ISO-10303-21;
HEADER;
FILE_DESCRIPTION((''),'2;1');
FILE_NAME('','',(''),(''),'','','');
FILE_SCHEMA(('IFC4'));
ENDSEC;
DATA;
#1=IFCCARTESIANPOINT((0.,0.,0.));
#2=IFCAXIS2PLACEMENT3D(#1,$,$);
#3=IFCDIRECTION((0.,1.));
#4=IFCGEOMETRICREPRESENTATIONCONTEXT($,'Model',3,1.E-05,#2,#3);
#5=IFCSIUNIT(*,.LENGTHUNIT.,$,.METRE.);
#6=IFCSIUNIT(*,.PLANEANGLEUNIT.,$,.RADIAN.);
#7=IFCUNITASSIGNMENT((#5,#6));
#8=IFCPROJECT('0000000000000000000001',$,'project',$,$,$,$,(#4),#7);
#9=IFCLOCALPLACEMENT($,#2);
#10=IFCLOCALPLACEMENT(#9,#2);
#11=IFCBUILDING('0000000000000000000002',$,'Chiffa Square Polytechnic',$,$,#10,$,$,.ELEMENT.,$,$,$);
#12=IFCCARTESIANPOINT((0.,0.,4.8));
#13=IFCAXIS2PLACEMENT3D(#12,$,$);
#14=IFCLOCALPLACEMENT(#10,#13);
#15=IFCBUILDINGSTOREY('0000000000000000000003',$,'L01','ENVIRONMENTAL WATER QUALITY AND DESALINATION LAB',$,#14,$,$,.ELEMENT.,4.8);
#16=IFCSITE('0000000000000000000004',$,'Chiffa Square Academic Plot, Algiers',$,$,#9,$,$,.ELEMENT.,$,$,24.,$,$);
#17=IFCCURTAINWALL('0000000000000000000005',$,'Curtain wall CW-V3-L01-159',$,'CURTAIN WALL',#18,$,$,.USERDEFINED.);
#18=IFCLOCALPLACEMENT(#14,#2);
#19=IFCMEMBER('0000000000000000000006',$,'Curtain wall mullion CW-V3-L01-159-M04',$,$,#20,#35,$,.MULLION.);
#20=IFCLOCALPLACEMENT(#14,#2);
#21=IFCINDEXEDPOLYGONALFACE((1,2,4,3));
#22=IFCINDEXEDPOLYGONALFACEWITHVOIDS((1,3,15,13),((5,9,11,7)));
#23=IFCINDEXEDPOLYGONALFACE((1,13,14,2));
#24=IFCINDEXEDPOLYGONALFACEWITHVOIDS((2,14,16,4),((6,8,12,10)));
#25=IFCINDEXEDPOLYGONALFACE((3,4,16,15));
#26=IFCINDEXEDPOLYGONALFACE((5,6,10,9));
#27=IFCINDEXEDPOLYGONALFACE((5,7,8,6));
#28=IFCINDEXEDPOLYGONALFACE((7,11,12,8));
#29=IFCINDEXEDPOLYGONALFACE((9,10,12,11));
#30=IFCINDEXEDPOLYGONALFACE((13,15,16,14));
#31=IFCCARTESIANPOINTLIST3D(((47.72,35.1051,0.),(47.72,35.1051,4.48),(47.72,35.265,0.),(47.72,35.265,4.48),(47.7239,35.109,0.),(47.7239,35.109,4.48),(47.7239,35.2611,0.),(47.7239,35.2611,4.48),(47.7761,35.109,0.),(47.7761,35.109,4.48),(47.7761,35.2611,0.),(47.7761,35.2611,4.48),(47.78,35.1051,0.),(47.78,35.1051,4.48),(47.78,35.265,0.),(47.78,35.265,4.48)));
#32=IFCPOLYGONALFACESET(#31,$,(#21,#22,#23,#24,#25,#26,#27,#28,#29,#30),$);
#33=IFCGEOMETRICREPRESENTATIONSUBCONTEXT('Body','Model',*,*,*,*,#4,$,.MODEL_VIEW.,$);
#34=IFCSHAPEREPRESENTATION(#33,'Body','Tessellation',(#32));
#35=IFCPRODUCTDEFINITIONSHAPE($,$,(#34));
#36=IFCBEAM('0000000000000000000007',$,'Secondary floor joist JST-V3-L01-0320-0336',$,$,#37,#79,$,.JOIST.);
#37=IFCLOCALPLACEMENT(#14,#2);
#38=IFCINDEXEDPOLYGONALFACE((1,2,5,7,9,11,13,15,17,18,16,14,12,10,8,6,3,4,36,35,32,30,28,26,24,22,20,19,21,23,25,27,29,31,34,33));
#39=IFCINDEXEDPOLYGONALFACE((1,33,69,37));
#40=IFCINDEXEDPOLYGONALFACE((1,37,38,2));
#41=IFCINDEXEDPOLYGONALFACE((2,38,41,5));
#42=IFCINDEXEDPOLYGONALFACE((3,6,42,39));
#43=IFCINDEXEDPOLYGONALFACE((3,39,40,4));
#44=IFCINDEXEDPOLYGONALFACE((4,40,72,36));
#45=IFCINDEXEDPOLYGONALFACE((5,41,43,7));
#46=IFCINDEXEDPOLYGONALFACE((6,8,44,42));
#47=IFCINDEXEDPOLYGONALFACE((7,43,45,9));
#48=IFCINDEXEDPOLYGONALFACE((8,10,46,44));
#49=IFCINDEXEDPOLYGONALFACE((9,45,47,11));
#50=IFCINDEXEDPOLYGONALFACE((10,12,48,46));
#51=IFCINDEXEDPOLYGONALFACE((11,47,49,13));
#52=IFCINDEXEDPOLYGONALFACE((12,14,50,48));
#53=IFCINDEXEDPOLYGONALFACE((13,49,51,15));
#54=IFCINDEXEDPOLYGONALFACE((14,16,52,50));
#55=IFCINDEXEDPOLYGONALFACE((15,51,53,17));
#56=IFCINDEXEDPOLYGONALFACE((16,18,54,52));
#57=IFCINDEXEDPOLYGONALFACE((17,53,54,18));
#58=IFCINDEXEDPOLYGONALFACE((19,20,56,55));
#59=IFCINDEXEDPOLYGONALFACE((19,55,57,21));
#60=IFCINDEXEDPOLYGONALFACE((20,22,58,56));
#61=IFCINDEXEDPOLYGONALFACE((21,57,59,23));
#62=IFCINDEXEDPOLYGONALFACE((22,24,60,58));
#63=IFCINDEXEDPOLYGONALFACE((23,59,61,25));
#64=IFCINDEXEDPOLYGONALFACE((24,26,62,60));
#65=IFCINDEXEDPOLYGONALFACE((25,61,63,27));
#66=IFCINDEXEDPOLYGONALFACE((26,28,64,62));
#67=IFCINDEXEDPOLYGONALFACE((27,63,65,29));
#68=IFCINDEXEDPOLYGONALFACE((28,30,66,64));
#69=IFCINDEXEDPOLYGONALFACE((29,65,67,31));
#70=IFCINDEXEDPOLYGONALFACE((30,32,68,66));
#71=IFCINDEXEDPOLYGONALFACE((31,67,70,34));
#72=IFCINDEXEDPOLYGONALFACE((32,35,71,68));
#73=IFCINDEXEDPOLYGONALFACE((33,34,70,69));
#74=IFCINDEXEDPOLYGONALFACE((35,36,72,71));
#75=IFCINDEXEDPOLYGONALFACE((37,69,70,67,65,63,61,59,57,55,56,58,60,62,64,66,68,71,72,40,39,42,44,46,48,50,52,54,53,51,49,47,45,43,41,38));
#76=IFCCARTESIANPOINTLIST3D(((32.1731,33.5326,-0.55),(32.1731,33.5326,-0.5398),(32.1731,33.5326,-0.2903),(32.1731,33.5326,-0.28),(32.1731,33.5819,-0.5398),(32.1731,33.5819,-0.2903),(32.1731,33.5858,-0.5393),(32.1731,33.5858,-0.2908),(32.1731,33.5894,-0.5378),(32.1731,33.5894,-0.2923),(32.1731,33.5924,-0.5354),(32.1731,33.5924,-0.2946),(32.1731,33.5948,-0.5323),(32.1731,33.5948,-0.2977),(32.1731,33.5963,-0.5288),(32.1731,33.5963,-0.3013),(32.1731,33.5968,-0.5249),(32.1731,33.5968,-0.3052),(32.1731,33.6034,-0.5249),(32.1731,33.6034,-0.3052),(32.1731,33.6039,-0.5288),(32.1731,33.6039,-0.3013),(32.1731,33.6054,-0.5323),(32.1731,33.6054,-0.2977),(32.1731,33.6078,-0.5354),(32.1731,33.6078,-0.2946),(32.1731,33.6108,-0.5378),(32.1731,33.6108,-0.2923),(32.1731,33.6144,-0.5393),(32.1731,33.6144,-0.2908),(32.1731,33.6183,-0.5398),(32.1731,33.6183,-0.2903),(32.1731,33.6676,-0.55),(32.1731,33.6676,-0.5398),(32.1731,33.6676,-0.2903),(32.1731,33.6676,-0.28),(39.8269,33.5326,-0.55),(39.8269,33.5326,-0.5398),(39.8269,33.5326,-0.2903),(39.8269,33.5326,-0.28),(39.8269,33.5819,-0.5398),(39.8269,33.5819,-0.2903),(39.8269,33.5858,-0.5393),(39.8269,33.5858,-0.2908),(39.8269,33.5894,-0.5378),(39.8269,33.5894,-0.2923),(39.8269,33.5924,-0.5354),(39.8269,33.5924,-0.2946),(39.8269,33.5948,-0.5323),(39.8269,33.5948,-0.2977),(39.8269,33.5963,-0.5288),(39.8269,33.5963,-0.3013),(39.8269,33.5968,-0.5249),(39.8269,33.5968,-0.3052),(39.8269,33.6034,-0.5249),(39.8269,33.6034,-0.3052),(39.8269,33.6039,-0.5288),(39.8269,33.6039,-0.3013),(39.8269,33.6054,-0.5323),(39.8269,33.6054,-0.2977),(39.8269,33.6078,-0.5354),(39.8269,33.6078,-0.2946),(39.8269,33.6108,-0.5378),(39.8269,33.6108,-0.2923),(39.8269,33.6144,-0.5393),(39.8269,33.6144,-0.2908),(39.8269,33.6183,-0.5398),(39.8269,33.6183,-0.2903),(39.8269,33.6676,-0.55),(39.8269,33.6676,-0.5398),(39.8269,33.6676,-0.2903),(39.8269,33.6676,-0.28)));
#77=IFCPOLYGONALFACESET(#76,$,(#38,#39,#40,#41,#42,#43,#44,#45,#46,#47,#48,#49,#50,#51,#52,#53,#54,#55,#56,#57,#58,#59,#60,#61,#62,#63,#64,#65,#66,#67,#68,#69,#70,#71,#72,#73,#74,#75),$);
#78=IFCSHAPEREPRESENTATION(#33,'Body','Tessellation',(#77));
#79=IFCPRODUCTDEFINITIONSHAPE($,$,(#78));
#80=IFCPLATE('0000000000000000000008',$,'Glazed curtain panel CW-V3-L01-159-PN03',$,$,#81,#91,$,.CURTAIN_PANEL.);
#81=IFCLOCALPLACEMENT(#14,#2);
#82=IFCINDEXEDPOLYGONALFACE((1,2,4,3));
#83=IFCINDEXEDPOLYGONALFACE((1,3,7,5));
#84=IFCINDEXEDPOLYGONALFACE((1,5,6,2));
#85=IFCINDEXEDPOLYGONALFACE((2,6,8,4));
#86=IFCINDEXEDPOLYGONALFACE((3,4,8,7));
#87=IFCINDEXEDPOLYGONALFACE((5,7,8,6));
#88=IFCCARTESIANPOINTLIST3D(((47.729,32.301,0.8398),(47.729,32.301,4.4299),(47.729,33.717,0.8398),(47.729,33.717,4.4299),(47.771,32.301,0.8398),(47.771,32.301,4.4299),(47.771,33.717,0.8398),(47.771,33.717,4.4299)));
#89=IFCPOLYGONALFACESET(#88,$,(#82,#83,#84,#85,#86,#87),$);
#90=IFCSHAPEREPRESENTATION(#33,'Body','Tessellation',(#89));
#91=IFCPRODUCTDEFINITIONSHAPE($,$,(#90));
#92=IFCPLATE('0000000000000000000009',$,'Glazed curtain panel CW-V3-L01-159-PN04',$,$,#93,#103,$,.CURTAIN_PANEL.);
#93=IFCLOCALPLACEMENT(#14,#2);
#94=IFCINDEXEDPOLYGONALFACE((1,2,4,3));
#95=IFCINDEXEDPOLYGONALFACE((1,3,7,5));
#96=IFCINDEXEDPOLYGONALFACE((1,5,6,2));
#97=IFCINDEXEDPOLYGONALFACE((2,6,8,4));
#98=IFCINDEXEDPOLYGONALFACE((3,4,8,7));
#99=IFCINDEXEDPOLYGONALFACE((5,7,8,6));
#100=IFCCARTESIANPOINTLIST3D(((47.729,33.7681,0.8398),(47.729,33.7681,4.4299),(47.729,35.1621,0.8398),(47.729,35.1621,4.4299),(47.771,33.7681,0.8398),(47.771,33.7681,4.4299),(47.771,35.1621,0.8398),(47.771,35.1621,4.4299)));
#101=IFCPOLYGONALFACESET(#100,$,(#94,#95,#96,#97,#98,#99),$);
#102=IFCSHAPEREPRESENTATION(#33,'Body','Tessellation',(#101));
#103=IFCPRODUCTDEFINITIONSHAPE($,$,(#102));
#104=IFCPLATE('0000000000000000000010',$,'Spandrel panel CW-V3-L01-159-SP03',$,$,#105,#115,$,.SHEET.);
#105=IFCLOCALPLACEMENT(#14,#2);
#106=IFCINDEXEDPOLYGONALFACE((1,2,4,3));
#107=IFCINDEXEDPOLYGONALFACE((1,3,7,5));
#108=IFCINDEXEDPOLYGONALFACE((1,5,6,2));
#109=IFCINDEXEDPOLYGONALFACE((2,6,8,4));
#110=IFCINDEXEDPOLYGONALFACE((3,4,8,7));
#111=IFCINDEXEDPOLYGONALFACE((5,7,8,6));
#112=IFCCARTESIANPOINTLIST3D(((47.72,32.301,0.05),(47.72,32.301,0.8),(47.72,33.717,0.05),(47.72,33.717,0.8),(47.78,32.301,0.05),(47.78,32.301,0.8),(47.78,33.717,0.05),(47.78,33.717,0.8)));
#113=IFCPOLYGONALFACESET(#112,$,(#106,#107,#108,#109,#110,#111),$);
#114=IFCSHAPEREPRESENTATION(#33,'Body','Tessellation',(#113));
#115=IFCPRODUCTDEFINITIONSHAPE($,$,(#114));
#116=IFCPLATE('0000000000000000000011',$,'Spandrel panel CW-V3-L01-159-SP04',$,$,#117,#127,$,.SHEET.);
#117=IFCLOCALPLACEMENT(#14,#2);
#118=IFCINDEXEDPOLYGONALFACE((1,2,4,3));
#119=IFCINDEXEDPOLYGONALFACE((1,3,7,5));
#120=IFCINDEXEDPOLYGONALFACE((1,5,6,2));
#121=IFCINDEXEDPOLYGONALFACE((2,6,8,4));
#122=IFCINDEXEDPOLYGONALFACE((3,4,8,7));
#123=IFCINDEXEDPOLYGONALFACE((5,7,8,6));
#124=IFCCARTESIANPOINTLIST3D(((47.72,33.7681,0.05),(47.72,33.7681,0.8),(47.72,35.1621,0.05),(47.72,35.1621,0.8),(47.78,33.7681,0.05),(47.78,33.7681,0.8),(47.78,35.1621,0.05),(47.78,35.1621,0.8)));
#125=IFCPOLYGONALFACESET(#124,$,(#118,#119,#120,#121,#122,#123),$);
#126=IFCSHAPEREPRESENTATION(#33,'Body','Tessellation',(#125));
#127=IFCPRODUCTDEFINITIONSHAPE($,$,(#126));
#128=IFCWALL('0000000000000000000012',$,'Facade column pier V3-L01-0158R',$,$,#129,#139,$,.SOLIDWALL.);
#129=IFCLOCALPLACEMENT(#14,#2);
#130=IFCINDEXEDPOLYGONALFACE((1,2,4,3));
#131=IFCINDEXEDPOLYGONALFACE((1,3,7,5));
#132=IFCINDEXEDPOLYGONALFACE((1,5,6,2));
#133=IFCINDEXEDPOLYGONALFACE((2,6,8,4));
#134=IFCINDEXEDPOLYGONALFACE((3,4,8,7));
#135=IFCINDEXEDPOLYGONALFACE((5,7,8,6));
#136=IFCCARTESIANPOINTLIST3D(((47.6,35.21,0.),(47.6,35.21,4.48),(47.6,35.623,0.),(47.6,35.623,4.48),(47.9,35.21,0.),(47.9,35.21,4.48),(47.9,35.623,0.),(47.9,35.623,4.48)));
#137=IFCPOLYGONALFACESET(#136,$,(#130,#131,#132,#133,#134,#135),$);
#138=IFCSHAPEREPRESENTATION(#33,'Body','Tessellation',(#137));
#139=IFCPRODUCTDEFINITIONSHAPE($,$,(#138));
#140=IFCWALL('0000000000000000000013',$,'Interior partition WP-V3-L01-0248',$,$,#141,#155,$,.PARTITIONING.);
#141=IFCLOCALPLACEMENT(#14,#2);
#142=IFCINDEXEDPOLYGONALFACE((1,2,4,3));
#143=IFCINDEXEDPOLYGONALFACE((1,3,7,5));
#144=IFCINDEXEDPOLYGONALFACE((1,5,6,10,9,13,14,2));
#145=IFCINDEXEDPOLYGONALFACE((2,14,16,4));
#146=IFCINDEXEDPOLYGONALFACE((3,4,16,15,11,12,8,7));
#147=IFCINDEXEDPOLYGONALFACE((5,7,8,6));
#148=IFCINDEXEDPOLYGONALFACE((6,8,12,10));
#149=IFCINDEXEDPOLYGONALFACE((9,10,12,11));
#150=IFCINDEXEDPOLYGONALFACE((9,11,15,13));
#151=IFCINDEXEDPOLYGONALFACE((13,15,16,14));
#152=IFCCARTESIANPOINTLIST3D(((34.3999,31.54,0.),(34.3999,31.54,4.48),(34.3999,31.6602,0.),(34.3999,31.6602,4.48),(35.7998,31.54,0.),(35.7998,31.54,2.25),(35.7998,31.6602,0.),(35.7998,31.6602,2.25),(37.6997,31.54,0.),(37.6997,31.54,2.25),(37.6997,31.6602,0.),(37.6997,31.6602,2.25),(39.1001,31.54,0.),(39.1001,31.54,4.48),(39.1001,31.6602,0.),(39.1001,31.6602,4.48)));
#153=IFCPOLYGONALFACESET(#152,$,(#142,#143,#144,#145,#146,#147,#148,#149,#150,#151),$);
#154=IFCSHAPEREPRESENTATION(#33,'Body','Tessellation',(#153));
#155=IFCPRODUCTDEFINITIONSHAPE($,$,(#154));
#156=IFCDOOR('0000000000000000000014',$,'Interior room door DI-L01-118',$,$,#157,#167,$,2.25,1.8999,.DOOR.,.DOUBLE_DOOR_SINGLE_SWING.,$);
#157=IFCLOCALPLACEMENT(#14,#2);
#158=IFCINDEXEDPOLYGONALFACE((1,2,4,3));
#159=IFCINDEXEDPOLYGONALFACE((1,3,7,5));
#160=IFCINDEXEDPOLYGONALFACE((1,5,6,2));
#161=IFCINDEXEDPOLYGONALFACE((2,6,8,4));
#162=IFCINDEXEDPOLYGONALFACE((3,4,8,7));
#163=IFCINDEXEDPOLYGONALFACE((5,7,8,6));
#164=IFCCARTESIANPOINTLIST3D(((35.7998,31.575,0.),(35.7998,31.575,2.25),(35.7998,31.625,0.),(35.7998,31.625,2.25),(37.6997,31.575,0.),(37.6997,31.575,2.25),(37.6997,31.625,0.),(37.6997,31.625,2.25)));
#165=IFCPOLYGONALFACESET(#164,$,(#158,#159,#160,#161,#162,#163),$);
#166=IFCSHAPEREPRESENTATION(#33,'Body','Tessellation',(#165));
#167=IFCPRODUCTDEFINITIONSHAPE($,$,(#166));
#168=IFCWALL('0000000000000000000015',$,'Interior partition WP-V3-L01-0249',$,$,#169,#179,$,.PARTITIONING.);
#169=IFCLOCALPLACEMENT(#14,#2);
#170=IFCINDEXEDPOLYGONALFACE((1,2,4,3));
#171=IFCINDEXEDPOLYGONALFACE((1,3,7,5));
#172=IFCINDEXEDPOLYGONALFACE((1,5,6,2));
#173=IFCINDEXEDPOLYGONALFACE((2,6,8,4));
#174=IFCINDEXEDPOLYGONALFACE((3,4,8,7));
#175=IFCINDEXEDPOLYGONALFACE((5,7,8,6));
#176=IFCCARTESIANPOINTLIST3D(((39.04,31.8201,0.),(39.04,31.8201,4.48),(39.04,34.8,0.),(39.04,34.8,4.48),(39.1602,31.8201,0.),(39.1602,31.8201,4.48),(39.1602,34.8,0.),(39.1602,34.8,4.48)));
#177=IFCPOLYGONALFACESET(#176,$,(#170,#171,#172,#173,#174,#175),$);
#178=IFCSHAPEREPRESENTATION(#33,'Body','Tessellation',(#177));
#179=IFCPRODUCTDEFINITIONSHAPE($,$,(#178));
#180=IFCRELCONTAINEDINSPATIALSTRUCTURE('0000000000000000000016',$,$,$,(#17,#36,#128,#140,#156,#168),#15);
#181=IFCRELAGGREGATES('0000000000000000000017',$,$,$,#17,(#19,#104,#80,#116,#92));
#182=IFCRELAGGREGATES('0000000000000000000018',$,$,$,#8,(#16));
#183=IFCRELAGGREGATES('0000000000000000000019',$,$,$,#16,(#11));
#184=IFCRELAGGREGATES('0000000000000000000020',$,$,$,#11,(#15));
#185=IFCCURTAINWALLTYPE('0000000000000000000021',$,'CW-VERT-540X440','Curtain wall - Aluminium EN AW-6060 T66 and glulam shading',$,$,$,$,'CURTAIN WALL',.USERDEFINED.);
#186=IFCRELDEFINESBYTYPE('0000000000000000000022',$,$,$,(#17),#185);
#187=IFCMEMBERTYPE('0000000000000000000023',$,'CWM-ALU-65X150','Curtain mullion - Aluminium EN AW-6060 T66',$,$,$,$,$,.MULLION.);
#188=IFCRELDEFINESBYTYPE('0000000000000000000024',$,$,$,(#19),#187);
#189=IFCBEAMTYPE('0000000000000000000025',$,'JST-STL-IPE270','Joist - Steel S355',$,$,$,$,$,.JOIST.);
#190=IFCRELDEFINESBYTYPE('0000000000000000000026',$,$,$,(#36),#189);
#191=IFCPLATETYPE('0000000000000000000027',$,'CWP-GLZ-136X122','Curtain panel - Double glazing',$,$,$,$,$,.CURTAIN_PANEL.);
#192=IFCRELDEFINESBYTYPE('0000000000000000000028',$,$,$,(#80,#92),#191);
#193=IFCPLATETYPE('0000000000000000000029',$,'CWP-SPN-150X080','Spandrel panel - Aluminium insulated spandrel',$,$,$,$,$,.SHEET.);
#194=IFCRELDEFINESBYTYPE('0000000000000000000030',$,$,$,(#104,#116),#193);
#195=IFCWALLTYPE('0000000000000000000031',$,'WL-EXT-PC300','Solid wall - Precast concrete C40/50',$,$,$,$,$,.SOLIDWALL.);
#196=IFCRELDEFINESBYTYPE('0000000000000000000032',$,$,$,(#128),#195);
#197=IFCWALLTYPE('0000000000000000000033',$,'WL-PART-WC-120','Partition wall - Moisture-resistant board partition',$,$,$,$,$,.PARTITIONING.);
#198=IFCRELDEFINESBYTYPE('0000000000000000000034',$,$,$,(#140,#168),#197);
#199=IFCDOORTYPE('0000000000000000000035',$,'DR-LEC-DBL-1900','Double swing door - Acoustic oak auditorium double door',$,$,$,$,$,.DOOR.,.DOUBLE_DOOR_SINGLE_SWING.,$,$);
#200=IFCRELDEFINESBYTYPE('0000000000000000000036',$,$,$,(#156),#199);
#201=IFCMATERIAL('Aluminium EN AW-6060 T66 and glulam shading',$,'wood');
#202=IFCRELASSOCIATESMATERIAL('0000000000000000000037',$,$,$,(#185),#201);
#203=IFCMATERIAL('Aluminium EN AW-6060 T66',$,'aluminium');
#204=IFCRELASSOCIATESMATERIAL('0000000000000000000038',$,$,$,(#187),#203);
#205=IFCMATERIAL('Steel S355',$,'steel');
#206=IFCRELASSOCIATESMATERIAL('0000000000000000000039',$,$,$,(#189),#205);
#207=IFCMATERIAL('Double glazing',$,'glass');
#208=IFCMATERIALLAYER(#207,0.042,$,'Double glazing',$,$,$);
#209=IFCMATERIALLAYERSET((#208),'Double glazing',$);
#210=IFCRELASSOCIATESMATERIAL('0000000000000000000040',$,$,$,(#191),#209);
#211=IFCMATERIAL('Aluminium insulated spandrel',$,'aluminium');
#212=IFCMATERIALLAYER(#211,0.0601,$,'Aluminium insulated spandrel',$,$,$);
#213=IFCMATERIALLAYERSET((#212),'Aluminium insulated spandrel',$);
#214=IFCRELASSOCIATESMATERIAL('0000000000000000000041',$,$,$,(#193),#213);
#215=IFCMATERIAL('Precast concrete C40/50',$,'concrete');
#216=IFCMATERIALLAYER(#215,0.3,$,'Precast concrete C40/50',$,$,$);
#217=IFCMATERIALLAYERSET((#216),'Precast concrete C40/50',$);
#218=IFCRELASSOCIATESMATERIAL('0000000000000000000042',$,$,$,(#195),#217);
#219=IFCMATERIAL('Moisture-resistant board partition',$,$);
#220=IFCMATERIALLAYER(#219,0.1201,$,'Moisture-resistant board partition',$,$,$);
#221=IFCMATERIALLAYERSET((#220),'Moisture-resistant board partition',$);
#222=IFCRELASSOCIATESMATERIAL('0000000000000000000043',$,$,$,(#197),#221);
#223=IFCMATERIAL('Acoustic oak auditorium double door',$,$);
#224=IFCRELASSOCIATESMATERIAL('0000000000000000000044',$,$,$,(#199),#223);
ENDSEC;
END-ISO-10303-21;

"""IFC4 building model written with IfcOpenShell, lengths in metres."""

from ifc_helpers import new_model, si_unit, direction, frame, frame_2d, origin, origin_2d, place, context, subcontext, project, spatial, rectangle, hollow_rectangle, i_section, extrude, material, layer, layer_set, material_profile, profile_set, type_object, element, fill, aggregate, save


model = new_model("IFC4")

# Units and contexts
model_context = context("Model", 3, precision=1e-05, world=origin(), true_north=direction((0.0, 1.0)))
body_context = subcontext(model_context, "Body", "Model", "MODEL_VIEW")
ifc_project = project(units=[si_unit("LENGTHUNIT", "METRE"), si_unit("PLANEANGLEUNIT", "RADIAN")], contexts=[model_context])

# Site, building, storey
site_placement = place(None, origin())
site = spatial("IfcSite", under=ifc_project, at=site_placement, Name="Chiffa Square Academic Plot, Algiers", CompositionType="ELEMENT", RefElevation=24.0)
building_placement = place(site_placement, origin())
building = spatial("IfcBuilding", under=site, at=building_placement, Name="Chiffa Square Polytechnic", CompositionType="ELEMENT")
storey_placement = place(building_placement, frame((0.0, 0.0, 4.8)))
storey = spatial("IfcBuildingStorey", under=building, at=storey_placement, Name="L01", Description="ENVIRONMENTAL WATER QUALITY AND DESALINATION LAB", CompositionType="ELEMENT", Elevation=4.8)

# Curtain wall, member
ifc_material_1 = material(Name="Aluminium EN AW-6060 T66 and glulam shading", Category="wood")
curtain_wall_type = type_object("IfcCurtainWallType", Name="CW-VERT-540X440", Description="Curtain wall - Aluminium EN AW-6060 T66 and glulam shading", ElementType="CURTAIN WALL", PredefinedType="USERDEFINED", material=ifc_material_1)
curtain_wall_placement = place(storey_placement, origin())
curtain_wall = element("IfcCurtainWall", 1, at=curtain_wall_placement, inside=storey, type_object=curtain_wall_type, Name="Curtain wall CW-V3-L01-159", ObjectType="CURTAIN WALL", PredefinedType="USERDEFINED")
ifc_material_2 = material(Name="Aluminium EN AW-6060 T66", Category="aluminium")
ifc_material_profile_1 = material_profile(ifc_material_2, hollow_rectangle(XDim=0.0601, YDim=0.1599, WallThickness=0.0039, at=origin_2d()), Name="ALU 60x160x4")
ifc_profile_set_1 = profile_set([ifc_material_profile_1], Name="Aluminium EN AW-6060 T66")
member_type = type_object("IfcMemberType", Name="CWM-ALU-65X150", Description="Curtain mullion - Aluminium EN AW-6060 T66", PredefinedType="MULLION", material=ifc_profile_set_1)
member_1_placement = place(storey_placement, frame((47.75, 35.1851, 0.0), z_axis=(0.0, 0.0, 1.0), x_axis=(1.0, 0.0, 0.0)))
member_1 = element("IfcMember", 2, at=member_1_placement, type_object=member_type, Name="Curtain wall mullion CW-V3-L01-159-M04", PredefinedType="MULLION", context=body_context, shape_type="SweptSolid", body=[
    extrude(hollow_rectangle(XDim=0.0601, YDim=0.1599, WallThickness=0.0039, at=origin_2d()), origin(), (0.0, 0.0, 1.0), 4.48),
])

# Beam
ifc_material_3 = material(Name="Steel S355", Category="steel")
ifc_material_profile_2 = material_profile(ifc_material_3, i_section(OverallWidth=0.135, OverallDepth=0.27, WebThickness=0.0066, FlangeThickness=0.0103, FilletRadius=0.0149, at=origin_2d()), Name="IPE 270")
ifc_profile_set_2 = profile_set([ifc_material_profile_2], Name="Steel S355")
beam_type_1 = type_object("IfcBeamType", Name="JST-STL-IPE270", Description="Joist - Steel S355", PredefinedType="JOIST", material=ifc_profile_set_2)
beam_placement = place(storey_placement, frame((32.1731, 33.6001, -0.415), z_axis=(1.0, 0.0, 0.0), x_axis=(0.0, 1.0, 0.0)))
element("IfcBeam", 3, at=beam_placement, inside=storey, type_object=beam_type_1, Name="Secondary floor joist JST-V3-L01-0320-0336", PredefinedType="JOIST", context=body_context, shape_type="SweptSolid", body=[
    extrude(i_section(OverallWidth=0.135, OverallDepth=0.27, WebThickness=0.0066, FlangeThickness=0.0103, FilletRadius=0.0149, at=origin_2d()), origin(), (0.0, 0.0, 1.0), 7.6538),
])

# Plates
ifc_material_4 = material(Name="Double glazing", Category="glass")
ifc_layer_1 = layer(ifc_material_4, 0.042, Name="Double glazing")
ifc_layer_set_1 = layer_set([ifc_layer_1], Name="Double glazing")
plate_type_1 = type_object("IfcPlateType", Name="CWP-GLZ-136X122", Description="Curtain panel - Double glazing", PredefinedType="CURTAIN_PANEL", material=ifc_layer_set_1)
plate_1_placement = place(storey_placement, frame((47.75, 33.009, 0.8398), z_axis=(0.0, 0.0, 1.0), x_axis=(0.0, 1.0, 0.0)))
plate_1 = element("IfcPlate", 4, at=plate_1_placement, type_object=plate_type_1, Name="Glazed curtain panel CW-V3-L01-159-PN03", PredefinedType="CURTAIN_PANEL", context=body_context, shape_type="SweptSolid", body=[
    extrude(rectangle(XDim=1.416, YDim=0.042, at=origin_2d()), origin(), (0.0, 0.0, 1.0), 3.5901),
])
plate_2_placement = place(storey_placement, frame((47.75, 34.4651, 0.8398), z_axis=(0.0, 0.0, 1.0), x_axis=(0.0, 1.0, 0.0)))
plate_2 = element("IfcPlate", 5, at=plate_2_placement, type_object=plate_type_1, Name="Glazed curtain panel CW-V3-L01-159-PN04", PredefinedType="CURTAIN_PANEL", context=body_context, shape_type="SweptSolid", body=[
    extrude(rectangle(XDim=1.394, YDim=0.042, at=origin_2d()), origin(), (0.0, 0.0, 1.0), 3.5901),
])
ifc_material_5 = material(Name="Aluminium insulated spandrel", Category="aluminium")
ifc_layer_2 = layer(ifc_material_5, 0.0601, Name="Aluminium insulated spandrel")
ifc_layer_set_2 = layer_set([ifc_layer_2], Name="Aluminium insulated spandrel")
plate_type_2 = type_object("IfcPlateType", Name="CWP-SPN-150X080", Description="Spandrel panel - Aluminium insulated spandrel", PredefinedType="SHEET", material=ifc_layer_set_2)
plate_3_placement = place(storey_placement, frame((47.75, 33.009, 0.05), z_axis=(0.0, 0.0, 1.0), x_axis=(0.0, 1.0, 0.0)))
plate_3 = element("IfcPlate", 6, at=plate_3_placement, type_object=plate_type_2, Name="Spandrel panel CW-V3-L01-159-SP03", PredefinedType="SHEET", context=body_context, shape_type="SweptSolid", body=[
    extrude(rectangle(XDim=1.416, YDim=0.0601, at=origin_2d()), origin(), (0.0, 0.0, 1.0), 0.75),
])
plate_4_placement = place(storey_placement, frame((47.75, 34.4651, 0.05), z_axis=(0.0, 0.0, 1.0), x_axis=(0.0, 1.0, 0.0)))
plate_4 = element("IfcPlate", 7, at=plate_4_placement, type_object=plate_type_2, Name="Spandrel panel CW-V3-L01-159-SP04", PredefinedType="SHEET", context=body_context, shape_type="SweptSolid", body=[
    extrude(rectangle(XDim=1.394, YDim=0.0601, at=origin_2d()), origin(), (0.0, 0.0, 1.0), 0.75),
])
aggregate(curtain_wall, [member_1, plate_3, plate_1, plate_4, plate_2])

# Wall
ifc_material_6 = material(Name="Precast concrete C40/50", Category="concrete")
ifc_layer_3 = layer(ifc_material_6, 0.3, Name="Precast concrete C40/50")
ifc_layer_set_3 = layer_set([ifc_layer_3], Name="Precast concrete C40/50")
wall_type_1 = type_object("IfcWallType", Name="WL-EXT-PC300", Description="Solid wall - Precast concrete C40/50", PredefinedType="SOLIDWALL", material=ifc_layer_set_3)
wall_1_placement = place(storey_placement, frame((47.75, 35.21, 0.0), z_axis=(0.0, 0.0, 1.0), x_axis=(0.0, 1.0, 0.0)))
element("IfcWall", 8, at=wall_1_placement, inside=storey, type_object=wall_type_1, Name="Facade column pier V3-L01-0158R", PredefinedType="SOLIDWALL", context=body_context, shape_type="SweptSolid", body=[
    extrude(rectangle(XDim=0.4131, YDim=0.3, at=frame_2d((0.2065, 0.0))), origin(), (0.0, 0.0, 1.0), 4.48),
])

# Wall, opening, door
ifc_material_7 = material(Name="Moisture-resistant board partition")
ifc_layer_4 = layer(ifc_material_7, 0.1201, Name="Moisture-resistant board partition")
ifc_layer_set_4 = layer_set([ifc_layer_4], Name="Moisture-resistant board partition")
wall_type_2 = type_object("IfcWallType", Name="WL-PART-WC-120", Description="Partition wall - Moisture-resistant board partition", PredefinedType="PARTITIONING", material=ifc_layer_set_4)
wall_2_placement = place(storey_placement, frame((34.3999, 31.6001, 0.0), z_axis=(0.0, 0.0, 1.0), x_axis=(1.0, 0.0, 0.0)))
wall_2 = element("IfcWall", 9, at=wall_2_placement, inside=storey, type_object=wall_type_2, Name="Interior partition WP-V3-L01-0248", PredefinedType="PARTITIONING", context=body_context, shape_type="SweptSolid", body=[
    extrude(rectangle(XDim=4.7002, YDim=0.1201, at=frame_2d((2.3501, 0.0))), origin(), (0.0, 0.0, 1.0), 4.48),
])
opening_placement = place(wall_2_placement, frame((1.3999, 0.0, 0.0)))
opening = element("IfcOpeningElement", 10, at=opening_placement, cuts=wall_2, PredefinedType="OPENING", context=body_context, shape_type="SweptSolid", body=[
    extrude(rectangle(XDim=1.8999, YDim=2.25, at=frame_2d((0.95, 1.125))), frame((0.0, 0.0701, 0.0), z_axis=(0.0, -1.0, 0.0), x_axis=(1.0, 0.0, 0.0)), (0.0, 0.0, 1.0), 0.1401),
])
ifc_material_8 = material(Name="Acoustic oak auditorium double door")
door_type = type_object("IfcDoorType", Name="DR-LEC-DBL-1900", Description="Double swing door - Acoustic oak auditorium double door", OperationType="DOUBLE_DOOR_SINGLE_SWING", PredefinedType="DOOR", material=ifc_material_8)
door_placement = place(opening_placement, origin())
door = element("IfcDoor", 11, at=door_placement, inside=storey, type_object=door_type, Name="Interior room door DI-L01-118", OperationType="DOUBLE_DOOR_SINGLE_SWING", OverallHeight=2.25, OverallWidth=1.8999, PredefinedType="DOOR", context=body_context, shape_type="SweptSolid", body=[
    extrude(rectangle(XDim=1.8999, YDim=2.25, at=frame_2d((0.95, 1.125))), frame((0.0, 0.0249, 0.0), z_axis=(0.0, -1.0, 0.0), x_axis=(1.0, 0.0, 0.0)), (0.0, 0.0, 1.0), 0.05),
])
fill(opening, door)

# Wall
for number, where, z_axis, x_axis, name in (
    (12, (39.1001, 31.8201, 0.0), (0.0, 0.0, 1.0), (0.0, 1.0, 0.0), "Interior partition WP-V3-L01-0249"),
):
    element("IfcWall", number, at=place(storey_placement, frame(where, z_axis=z_axis, x_axis=x_axis)), inside=storey, type_object=wall_type_2, Name=name, PredefinedType="PARTITIONING", context=body_context, shape_type="SweptSolid", body=[
        extrude(rectangle(XDim=2.98, YDim=0.1201, at=frame_2d((1.49, 0.0))), origin(), (0.0, 0.0, 1.0), 4.48),
    ])

save(model, "model.ifc")
